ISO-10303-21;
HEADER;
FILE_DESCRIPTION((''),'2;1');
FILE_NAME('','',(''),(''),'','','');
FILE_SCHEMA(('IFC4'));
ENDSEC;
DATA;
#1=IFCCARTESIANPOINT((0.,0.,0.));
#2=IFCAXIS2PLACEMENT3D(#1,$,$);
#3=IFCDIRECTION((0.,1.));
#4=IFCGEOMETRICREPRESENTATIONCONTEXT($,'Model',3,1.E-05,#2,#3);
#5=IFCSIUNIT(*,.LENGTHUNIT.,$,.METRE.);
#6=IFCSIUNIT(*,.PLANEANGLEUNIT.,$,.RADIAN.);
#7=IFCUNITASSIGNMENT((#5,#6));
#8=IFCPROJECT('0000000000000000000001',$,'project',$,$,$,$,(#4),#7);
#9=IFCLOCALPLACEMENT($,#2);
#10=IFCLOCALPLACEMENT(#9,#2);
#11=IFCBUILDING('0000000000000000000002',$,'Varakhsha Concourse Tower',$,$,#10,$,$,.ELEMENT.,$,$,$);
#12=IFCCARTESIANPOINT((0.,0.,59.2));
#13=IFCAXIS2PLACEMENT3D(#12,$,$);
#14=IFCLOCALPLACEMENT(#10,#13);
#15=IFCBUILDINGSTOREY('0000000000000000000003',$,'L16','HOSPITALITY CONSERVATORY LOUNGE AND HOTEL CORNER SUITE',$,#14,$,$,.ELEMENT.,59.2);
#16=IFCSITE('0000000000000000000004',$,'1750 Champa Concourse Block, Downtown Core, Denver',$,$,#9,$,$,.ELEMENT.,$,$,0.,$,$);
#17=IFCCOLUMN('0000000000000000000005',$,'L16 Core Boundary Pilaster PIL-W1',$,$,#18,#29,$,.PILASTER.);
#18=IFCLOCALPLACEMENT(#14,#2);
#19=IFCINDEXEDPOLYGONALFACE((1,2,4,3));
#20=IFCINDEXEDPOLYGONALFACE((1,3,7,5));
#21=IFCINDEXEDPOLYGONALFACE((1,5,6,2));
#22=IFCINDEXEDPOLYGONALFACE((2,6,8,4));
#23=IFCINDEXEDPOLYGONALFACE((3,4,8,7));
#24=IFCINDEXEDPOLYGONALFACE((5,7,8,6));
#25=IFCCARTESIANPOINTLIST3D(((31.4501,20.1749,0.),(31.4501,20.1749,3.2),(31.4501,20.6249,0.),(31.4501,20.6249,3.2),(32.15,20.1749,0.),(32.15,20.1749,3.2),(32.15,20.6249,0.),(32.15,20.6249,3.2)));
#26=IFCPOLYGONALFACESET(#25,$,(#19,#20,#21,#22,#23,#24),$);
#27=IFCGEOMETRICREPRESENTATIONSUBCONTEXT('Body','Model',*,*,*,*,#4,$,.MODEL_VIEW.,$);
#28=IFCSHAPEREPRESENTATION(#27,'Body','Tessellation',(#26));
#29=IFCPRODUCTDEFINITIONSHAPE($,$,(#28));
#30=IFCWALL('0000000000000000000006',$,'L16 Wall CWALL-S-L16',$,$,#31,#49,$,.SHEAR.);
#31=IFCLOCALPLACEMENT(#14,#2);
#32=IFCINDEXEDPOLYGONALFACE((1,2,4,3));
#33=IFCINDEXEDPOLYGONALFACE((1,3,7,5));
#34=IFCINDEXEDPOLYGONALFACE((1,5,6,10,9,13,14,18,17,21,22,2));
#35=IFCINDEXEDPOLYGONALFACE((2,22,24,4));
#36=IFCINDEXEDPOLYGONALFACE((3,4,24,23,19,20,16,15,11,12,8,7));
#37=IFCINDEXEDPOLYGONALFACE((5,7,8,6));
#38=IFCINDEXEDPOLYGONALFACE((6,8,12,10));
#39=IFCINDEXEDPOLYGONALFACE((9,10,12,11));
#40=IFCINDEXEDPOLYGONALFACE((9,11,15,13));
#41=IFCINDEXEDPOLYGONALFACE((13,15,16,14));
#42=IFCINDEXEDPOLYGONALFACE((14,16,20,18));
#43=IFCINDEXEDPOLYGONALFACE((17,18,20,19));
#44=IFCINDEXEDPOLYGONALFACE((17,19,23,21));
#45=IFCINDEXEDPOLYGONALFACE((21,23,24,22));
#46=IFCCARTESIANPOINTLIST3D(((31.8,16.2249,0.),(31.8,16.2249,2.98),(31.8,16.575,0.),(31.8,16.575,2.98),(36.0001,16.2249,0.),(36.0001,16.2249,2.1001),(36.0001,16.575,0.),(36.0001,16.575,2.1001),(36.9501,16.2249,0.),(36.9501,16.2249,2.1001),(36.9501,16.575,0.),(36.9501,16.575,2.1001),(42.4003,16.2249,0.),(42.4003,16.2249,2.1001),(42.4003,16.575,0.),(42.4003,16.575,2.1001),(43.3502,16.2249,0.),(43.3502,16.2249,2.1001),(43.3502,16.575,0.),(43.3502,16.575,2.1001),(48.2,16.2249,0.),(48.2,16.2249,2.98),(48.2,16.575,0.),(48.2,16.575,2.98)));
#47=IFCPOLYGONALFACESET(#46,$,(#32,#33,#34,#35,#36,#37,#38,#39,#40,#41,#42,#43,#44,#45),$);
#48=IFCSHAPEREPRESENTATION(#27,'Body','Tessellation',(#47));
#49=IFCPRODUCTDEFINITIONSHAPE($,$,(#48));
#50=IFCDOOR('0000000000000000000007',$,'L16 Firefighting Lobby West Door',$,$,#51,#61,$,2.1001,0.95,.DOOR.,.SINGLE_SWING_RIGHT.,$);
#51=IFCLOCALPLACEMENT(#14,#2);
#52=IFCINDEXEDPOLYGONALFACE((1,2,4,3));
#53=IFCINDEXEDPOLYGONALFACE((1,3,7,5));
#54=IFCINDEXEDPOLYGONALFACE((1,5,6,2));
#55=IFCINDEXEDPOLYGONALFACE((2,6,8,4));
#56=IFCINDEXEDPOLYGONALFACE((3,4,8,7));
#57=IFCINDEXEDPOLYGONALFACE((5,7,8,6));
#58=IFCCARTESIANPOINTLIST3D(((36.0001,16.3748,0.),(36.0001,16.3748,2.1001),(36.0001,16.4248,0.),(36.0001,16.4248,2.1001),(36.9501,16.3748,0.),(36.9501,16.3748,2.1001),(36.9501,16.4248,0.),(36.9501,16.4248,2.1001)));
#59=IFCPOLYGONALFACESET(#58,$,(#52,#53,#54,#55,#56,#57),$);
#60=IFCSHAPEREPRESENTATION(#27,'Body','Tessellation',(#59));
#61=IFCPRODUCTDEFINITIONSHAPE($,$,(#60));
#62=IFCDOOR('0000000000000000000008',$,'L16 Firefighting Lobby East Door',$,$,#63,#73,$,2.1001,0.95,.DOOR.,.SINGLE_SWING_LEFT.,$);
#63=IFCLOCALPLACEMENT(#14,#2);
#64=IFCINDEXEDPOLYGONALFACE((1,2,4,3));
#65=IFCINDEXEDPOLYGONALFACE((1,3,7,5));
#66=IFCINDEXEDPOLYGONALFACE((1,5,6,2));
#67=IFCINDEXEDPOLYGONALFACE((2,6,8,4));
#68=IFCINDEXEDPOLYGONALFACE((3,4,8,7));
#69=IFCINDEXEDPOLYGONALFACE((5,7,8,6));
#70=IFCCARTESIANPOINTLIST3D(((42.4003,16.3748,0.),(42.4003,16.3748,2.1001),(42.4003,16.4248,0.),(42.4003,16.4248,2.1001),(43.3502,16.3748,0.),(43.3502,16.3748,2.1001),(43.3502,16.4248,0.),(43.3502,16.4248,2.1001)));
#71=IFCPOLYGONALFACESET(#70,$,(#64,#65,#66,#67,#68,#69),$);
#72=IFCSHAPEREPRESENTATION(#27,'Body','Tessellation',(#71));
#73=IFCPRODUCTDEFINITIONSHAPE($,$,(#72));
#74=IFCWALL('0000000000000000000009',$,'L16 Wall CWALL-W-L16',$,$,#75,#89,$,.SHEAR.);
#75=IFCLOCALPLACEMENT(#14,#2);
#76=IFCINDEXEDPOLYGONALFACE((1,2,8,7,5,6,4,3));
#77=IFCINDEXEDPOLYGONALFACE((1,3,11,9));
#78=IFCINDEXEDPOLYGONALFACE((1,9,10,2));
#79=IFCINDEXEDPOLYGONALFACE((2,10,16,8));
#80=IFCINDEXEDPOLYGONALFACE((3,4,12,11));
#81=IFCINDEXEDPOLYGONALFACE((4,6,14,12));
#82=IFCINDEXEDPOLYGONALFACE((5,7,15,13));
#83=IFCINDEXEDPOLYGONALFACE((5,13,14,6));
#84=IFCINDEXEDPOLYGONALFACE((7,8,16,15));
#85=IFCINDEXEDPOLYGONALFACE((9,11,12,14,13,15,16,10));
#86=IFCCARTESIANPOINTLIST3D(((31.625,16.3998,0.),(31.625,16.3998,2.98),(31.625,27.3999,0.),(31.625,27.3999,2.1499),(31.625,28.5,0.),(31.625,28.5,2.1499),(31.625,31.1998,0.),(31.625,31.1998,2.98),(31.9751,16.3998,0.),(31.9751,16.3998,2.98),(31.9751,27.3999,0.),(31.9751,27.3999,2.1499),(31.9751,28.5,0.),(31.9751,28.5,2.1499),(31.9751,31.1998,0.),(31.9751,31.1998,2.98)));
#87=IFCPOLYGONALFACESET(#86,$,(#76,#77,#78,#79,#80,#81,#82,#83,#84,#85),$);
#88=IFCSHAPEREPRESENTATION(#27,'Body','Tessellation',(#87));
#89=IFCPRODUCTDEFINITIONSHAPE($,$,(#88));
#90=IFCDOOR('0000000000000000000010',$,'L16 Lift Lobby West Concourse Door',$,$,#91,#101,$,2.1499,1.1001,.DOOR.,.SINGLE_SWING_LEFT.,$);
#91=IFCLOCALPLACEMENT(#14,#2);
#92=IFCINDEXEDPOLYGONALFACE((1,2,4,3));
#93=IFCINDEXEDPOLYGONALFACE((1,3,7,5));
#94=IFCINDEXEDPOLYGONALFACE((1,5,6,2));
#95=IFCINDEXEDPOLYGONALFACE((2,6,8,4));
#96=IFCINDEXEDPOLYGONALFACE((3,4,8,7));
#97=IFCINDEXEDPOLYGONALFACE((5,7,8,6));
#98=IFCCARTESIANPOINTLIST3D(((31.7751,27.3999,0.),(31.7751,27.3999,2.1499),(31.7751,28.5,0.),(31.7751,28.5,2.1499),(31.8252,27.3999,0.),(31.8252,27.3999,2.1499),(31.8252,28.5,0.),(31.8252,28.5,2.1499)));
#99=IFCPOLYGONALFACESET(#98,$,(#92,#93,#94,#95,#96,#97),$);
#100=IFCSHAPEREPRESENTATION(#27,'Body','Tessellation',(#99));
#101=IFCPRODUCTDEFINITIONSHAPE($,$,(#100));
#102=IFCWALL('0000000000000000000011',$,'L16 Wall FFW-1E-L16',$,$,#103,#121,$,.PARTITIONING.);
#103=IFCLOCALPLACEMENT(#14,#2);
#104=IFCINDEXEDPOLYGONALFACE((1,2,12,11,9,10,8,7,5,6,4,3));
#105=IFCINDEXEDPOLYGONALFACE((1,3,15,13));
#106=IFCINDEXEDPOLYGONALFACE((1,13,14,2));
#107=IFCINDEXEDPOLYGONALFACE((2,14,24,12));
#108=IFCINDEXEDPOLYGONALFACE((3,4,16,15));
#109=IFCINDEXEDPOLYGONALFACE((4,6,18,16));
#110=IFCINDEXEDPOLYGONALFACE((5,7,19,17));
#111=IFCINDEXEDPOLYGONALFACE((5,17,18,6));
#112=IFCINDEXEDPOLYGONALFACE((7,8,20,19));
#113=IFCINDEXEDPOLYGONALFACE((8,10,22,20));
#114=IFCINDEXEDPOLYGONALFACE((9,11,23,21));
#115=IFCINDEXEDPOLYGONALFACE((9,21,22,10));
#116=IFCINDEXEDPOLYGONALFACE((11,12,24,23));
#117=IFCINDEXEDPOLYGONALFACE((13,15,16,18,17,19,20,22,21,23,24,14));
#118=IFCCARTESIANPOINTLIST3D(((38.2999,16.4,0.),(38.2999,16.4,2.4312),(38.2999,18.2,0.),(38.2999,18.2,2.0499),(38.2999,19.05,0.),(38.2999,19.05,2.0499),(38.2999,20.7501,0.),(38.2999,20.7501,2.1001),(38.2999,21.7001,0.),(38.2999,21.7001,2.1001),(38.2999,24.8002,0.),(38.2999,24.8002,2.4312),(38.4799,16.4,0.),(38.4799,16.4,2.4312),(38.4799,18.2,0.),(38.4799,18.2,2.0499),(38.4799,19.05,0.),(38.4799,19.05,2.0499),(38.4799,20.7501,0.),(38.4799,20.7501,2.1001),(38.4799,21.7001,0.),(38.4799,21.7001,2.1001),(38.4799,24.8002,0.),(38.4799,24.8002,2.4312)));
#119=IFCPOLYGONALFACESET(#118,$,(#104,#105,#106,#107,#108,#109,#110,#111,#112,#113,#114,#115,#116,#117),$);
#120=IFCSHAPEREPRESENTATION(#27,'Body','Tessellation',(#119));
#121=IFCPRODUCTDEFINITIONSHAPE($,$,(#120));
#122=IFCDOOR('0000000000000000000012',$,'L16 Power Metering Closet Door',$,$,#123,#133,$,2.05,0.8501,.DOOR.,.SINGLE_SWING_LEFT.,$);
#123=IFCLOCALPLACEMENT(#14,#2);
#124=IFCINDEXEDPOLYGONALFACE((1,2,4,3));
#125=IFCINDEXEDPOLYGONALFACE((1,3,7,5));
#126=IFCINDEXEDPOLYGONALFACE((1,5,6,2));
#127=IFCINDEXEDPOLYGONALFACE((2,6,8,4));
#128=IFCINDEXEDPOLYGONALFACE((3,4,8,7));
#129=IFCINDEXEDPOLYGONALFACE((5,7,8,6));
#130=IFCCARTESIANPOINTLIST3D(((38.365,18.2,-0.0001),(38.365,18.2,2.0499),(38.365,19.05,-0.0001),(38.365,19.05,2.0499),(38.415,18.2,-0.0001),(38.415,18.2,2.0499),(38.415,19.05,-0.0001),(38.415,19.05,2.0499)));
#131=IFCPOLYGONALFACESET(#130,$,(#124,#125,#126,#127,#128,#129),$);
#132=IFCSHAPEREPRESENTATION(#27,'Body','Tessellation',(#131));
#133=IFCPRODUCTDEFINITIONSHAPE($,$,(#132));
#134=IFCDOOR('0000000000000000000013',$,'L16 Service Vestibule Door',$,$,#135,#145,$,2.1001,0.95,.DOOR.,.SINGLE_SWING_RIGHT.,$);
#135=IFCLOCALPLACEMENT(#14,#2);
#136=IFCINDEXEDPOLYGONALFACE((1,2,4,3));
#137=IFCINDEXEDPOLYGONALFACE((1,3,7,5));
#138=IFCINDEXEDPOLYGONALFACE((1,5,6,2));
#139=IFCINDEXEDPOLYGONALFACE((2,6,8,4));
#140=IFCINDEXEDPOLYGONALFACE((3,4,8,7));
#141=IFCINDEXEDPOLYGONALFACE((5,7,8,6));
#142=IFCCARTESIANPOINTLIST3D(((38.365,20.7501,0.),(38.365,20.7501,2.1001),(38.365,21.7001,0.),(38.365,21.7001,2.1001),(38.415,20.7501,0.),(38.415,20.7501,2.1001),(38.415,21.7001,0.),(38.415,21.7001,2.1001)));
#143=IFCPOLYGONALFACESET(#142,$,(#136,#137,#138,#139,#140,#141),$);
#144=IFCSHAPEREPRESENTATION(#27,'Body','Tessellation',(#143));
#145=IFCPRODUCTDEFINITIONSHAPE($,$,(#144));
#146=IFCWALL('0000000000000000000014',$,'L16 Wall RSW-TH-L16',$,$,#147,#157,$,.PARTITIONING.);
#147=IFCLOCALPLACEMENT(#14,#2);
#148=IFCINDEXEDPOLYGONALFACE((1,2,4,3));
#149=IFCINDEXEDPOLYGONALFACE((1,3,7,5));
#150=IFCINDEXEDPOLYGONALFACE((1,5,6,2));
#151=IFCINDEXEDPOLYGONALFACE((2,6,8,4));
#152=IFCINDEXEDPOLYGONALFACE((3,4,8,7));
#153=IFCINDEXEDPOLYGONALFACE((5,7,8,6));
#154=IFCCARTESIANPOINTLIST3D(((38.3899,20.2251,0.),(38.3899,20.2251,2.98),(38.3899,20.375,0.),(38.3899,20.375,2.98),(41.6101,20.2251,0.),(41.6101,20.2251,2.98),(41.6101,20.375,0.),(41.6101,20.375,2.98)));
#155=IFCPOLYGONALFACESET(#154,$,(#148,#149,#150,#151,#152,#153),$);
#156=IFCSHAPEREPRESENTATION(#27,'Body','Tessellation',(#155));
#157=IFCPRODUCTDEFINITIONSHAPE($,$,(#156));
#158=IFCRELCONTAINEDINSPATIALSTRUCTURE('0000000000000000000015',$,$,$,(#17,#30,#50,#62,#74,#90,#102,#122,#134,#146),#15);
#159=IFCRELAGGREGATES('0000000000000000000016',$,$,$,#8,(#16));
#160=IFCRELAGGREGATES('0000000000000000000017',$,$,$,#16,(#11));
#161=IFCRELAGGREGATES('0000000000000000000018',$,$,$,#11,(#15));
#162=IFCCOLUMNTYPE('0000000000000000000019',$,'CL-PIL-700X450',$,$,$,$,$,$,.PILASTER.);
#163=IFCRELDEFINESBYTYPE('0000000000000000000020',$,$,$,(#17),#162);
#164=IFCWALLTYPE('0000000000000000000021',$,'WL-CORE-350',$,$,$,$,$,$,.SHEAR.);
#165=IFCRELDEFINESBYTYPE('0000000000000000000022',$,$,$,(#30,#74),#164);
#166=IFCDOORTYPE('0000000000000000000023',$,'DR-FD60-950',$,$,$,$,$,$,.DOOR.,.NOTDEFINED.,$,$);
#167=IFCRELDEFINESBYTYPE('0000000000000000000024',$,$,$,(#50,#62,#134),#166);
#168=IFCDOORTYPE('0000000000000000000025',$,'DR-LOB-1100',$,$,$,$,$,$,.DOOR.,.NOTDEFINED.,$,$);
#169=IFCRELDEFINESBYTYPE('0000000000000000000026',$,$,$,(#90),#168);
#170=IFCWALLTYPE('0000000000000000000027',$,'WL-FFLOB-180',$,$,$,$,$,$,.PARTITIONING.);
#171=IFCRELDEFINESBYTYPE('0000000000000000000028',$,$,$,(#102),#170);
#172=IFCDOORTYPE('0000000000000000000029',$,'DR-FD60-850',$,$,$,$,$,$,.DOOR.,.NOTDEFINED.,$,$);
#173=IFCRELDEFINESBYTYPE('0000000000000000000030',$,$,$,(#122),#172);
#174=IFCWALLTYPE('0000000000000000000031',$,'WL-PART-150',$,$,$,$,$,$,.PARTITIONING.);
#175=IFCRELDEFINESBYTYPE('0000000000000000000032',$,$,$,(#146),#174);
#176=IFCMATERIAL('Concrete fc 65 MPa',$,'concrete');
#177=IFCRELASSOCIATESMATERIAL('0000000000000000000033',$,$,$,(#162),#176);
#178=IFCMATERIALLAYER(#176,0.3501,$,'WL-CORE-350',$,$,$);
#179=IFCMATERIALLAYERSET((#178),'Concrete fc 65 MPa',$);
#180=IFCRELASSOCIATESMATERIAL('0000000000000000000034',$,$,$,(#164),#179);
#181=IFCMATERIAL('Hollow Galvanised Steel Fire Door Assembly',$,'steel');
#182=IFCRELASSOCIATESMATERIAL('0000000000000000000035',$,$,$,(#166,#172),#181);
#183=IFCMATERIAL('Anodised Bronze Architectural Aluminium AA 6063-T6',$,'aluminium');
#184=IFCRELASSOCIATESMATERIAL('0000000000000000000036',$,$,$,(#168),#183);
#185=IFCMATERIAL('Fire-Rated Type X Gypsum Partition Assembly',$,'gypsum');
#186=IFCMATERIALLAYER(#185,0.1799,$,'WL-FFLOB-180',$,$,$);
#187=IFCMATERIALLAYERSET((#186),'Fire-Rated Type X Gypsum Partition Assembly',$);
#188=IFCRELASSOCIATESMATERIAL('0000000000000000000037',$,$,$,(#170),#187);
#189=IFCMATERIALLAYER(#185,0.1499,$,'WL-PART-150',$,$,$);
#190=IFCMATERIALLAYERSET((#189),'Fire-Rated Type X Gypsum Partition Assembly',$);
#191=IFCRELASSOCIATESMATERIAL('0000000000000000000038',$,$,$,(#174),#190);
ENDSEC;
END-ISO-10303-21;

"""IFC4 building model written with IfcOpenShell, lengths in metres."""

from ifc_helpers import new_model, si_unit, direction, frame, frame_2d, origin, origin_2d, place, context, subcontext, project, spatial, rectangle, extrude, material, layer, layer_set, material_profile, profile_set, type_object, element, fill, save


model = new_model("IFC4")

# Units and contexts
model_context = context("Model", 3, precision=1e-05, world=origin(), true_north=direction((0.0, 1.0)))
body_context = subcontext(model_context, "Body", "Model", "MODEL_VIEW")
ifc_project = project(units=[si_unit("LENGTHUNIT", "METRE"), si_unit("PLANEANGLEUNIT", "RADIAN")], contexts=[model_context])

# Site, building, storey
site_placement = place(None, origin())
site = spatial("IfcSite", under=ifc_project, at=site_placement, Name="1750 Champa Concourse Block, Downtown Core, Denver", CompositionType="ELEMENT", RefElevation=0.0)
building_placement = place(site_placement, origin())
building = spatial("IfcBuilding", under=site, at=building_placement, Name="Varakhsha Concourse Tower", CompositionType="ELEMENT")
storey_placement = place(building_placement, frame((0.0, 0.0, 59.2)))
storey = spatial("IfcBuildingStorey", under=building, at=storey_placement, Name="L16", Description="HOSPITALITY CONSERVATORY LOUNGE AND HOTEL CORNER SUITE", CompositionType="ELEMENT", Elevation=59.2)

# Column
ifc_material_1 = material(Name="Concrete fc 65 MPa", Category="concrete")
ifc_material_profile = material_profile(ifc_material_1, rectangle(XDim=0.7, YDim=0.45, at=origin_2d()), Name="RC 700x450")
ifc_profile_set = profile_set([ifc_material_profile], Name="Concrete fc 65 MPa")
column_type = type_object("IfcColumnType", Name="CL-PIL-700X450", PredefinedType="PILASTER", material=ifc_profile_set)
column_placement = place(storey_placement, frame((31.8, 20.3999, 0.0), z_axis=(0.0, 0.0, 1.0), x_axis=(1.0, 0.0, 0.0)))
element("IfcColumn", 1, at=column_placement, inside=storey, type_object=column_type, Name="L16 Core Boundary Pilaster PIL-W1", PredefinedType="PILASTER", context=body_context, shape_type="SweptSolid", body=[
    extrude(rectangle(XDim=0.7, YDim=0.45, at=origin_2d()), origin(), (0.0, 0.0, 1.0), 3.2),
])

# Wall, openings, doors
ifc_layer_1 = layer(ifc_material_1, 0.3501, Name="WL-CORE-350")
ifc_layer_set_1 = layer_set([ifc_layer_1], Name="Concrete fc 65 MPa")
wall_type_1 = type_object("IfcWallType", Name="WL-CORE-350", PredefinedType="SHEAR", material=ifc_layer_set_1)
wall_1_placement = place(storey_placement, frame((31.8, 16.3999, 0.0), z_axis=(0.0, 0.0, 1.0), x_axis=(1.0, 0.0, 0.0)))
wall_1 = element("IfcWall", 2, at=wall_1_placement, inside=storey, type_object=wall_type_1, Name="L16 Wall CWALL-S-L16", PredefinedType="SHEAR", context=body_context, shape_type="SweptSolid", body=[
    extrude(rectangle(XDim=16.3999, YDim=0.3501, at=frame_2d((8.2, 0.0))), origin(), (0.0, 0.0, 1.0), 2.98),
])
opening_1_placement = place(wall_1_placement, frame((4.2, 0.0, 0.0)))
opening_1 = element("IfcOpeningElement", 3, at=opening_1_placement, cuts=wall_1, PredefinedType="OPENING", context=body_context, shape_type="SweptSolid", body=[
    extrude(rectangle(XDim=0.95, YDim=2.1001, at=frame_2d((0.4751, 1.05))), frame((0.0, 0.1851, 0.0), z_axis=(0.0, -1.0, 0.0), x_axis=(1.0, 0.0, 0.0)), (0.0, 0.0, 1.0), 0.3701),
])
opening_2_placement = place(wall_1_placement, frame((10.6001, 0.0, 0.0)))
opening_2 = element("IfcOpeningElement", 4, at=opening_2_placement, cuts=wall_1, PredefinedType="OPENING", context=body_context, shape_type="SweptSolid", body=[
    extrude(rectangle(XDim=0.95, YDim=2.1001, at=frame_2d((0.4751, 1.05))), frame((0.0, 0.1851, 0.0), z_axis=(0.0, -1.0, 0.0), x_axis=(1.0, 0.0, 0.0)), (0.0, 0.0, 1.0), 0.3701),
])
ifc_material_2 = material(Name="Hollow Galvanised Steel Fire Door Assembly", Category="steel")
door_type_1 = type_object("IfcDoorType", Name="DR-FD60-950", OperationType="NOTDEFINED", PredefinedType="DOOR", material=ifc_material_2)
door_1_placement = place(opening_1_placement, origin())
door_1 = element("IfcDoor", 5, at=door_1_placement, inside=storey, type_object=door_type_1, Name="L16 Firefighting Lobby West Door", OperationType="SINGLE_SWING_RIGHT", OverallHeight=2.1001, OverallWidth=0.95, PredefinedType="DOOR", context=body_context, shape_type="SweptSolid", body=[
    extrude(rectangle(XDim=0.95, YDim=2.1001, at=frame_2d((0.4751, 1.05))), frame((0.0, 0.0249, 0.0), z_axis=(0.0, -1.0, 0.0), x_axis=(1.0, 0.0, 0.0)), (0.0, 0.0, 1.0), 0.05),
])
fill(opening_1, door_1)
door_2_placement = place(opening_2_placement, origin())
door_2 = element("IfcDoor", 6, at=door_2_placement, inside=storey, type_object=door_type_1, Name="L16 Firefighting Lobby East Door", OperationType="SINGLE_SWING_LEFT", OverallHeight=2.1001, OverallWidth=0.95, PredefinedType="DOOR", context=body_context, shape_type="SweptSolid", body=[
    extrude(rectangle(XDim=0.95, YDim=2.1001, at=frame_2d((0.4751, 1.05))), frame((0.0, 0.0249, 0.0), z_axis=(0.0, -1.0, 0.0), x_axis=(1.0, 0.0, 0.0)), (0.0, 0.0, 1.0), 0.05),
])
fill(opening_2, door_2)

# Wall, opening, door
wall_2_placement = place(storey_placement, frame((31.8, 16.3999, 0.0), z_axis=(0.0, 0.0, 1.0), x_axis=(0.0, 1.0, 0.0)))
wall_2 = element("IfcWall", 7, at=wall_2_placement, inside=storey, type_object=wall_type_1, Name="L16 Wall CWALL-W-L16", PredefinedType="SHEAR", context=body_context, shape_type="SweptSolid", body=[
    extrude(rectangle(XDim=14.8, YDim=0.3501, at=frame_2d((7.3999, 0.0))), origin(), (0.0, 0.0, 1.0), 2.98),
])
opening_3_placement = place(wall_2_placement, frame((11.0, 0.0, 0.0)))
opening_3 = element("IfcOpeningElement", 8, at=opening_3_placement, cuts=wall_2, PredefinedType="OPENING", context=body_context, shape_type="SweptSolid", body=[
    extrude(rectangle(XDim=1.1001, YDim=2.1499, at=frame_2d((0.55, 1.075))), frame((0.0, 0.1851, 0.0), z_axis=(0.0, -1.0, 0.0), x_axis=(1.0, 0.0, 0.0)), (0.0, 0.0, 1.0), 0.3701),
])
ifc_material_3 = material(Name="Anodised Bronze Architectural Aluminium AA 6063-T6", Category="aluminium")
door_type_2 = type_object("IfcDoorType", Name="DR-LOB-1100", OperationType="NOTDEFINED", PredefinedType="DOOR", material=ifc_material_3)
door_3_placement = place(opening_3_placement, origin())
door_3 = element("IfcDoor", 9, at=door_3_placement, inside=storey, type_object=door_type_2, Name="L16 Lift Lobby West Concourse Door", OperationType="SINGLE_SWING_LEFT", OverallHeight=2.1499, OverallWidth=1.1001, PredefinedType="DOOR", context=body_context, shape_type="SweptSolid", body=[
    extrude(rectangle(XDim=1.1001, YDim=2.1499, at=frame_2d((0.55, 1.075))), frame((0.0, 0.0249, 0.0), z_axis=(0.0, -1.0, 0.0), x_axis=(1.0, 0.0, 0.0)), (0.0, 0.0, 1.0), 0.05),
])
fill(opening_3, door_3)

# Wall, openings, doors
ifc_material_4 = material(Name="Fire-Rated Type X Gypsum Partition Assembly", Category="gypsum")
ifc_layer_2 = layer(ifc_material_4, 0.1799, Name="WL-FFLOB-180")
ifc_layer_set_2 = layer_set([ifc_layer_2], Name="Fire-Rated Type X Gypsum Partition Assembly")
wall_type_2 = type_object("IfcWallType", Name="WL-FFLOB-180", PredefinedType="PARTITIONING", material=ifc_layer_set_2)
wall_3_placement = place(storey_placement, frame((38.3899, 16.3999, 0.0), z_axis=(0.0, 0.0, 1.0), x_axis=(0.0, 1.0, 0.0)))
wall_3 = element("IfcWall", 10, at=wall_3_placement, inside=storey, type_object=wall_type_2, Name="L16 Wall FFW-1E-L16", PredefinedType="PARTITIONING", context=body_context, shape_type="SweptSolid", body=[
    extrude(rectangle(XDim=8.4001, YDim=0.1799, at=frame_2d((4.2002, 0.0))), origin(), (0.0, 0.0, 1.0), 2.4312),
])
opening_4_placement = place(wall_3_placement, frame((1.8, 0.0, 0.0)))
opening_4 = element("IfcOpeningElement", 11, at=opening_4_placement, cuts=wall_3, PredefinedType="OPENING", context=body_context, shape_type="SweptSolid", body=[
    extrude(rectangle(XDim=0.8501, YDim=2.05, at=frame_2d((0.425, 1.0249))), frame((0.0, 0.0999, 0.0), z_axis=(0.0, -1.0, 0.0), x_axis=(1.0, 0.0, 0.0)), (0.0, 0.0, 1.0), 0.2),
])
opening_5_placement = place(wall_3_placement, frame((4.3501, 0.0, 0.0)))
opening_5 = element("IfcOpeningElement", 12, at=opening_5_placement, cuts=wall_3, PredefinedType="OPENING", context=body_context, shape_type="SweptSolid", body=[
    extrude(rectangle(XDim=0.95, YDim=2.1001, at=frame_2d((0.4751, 1.05))), frame((0.0, 0.0999, 0.0), z_axis=(0.0, -1.0, 0.0), x_axis=(1.0, 0.0, 0.0)), (0.0, 0.0, 1.0), 0.2),
])
door_type_3 = type_object("IfcDoorType", Name="DR-FD60-850", OperationType="NOTDEFINED", PredefinedType="DOOR", material=ifc_material_2)
door_4_placement = place(opening_4_placement, origin())
door_4 = element("IfcDoor", 13, at=door_4_placement, inside=storey, type_object=door_type_3, Name="L16 Power Metering Closet Door", OperationType="SINGLE_SWING_LEFT", OverallHeight=2.05, OverallWidth=0.8501, PredefinedType="DOOR", context=body_context, shape_type="SweptSolid", body=[
    extrude(rectangle(XDim=0.8501, YDim=2.05, at=frame_2d((0.425, 1.0249))), frame((0.0, 0.0249, 0.0), z_axis=(0.0, -1.0, 0.0), x_axis=(1.0, 0.0, 0.0)), (0.0, 0.0, 1.0), 0.05),
])
fill(opening_4, door_4)
door_5_placement = place(opening_5_placement, origin())
door_5 = element("IfcDoor", 14, at=door_5_placement, inside=storey, type_object=door_type_1, Name="L16 Service Vestibule Door", OperationType="SINGLE_SWING_RIGHT", OverallHeight=2.1001, OverallWidth=0.95, PredefinedType="DOOR", context=body_context, shape_type="SweptSolid", body=[
    extrude(rectangle(XDim=0.95, YDim=2.1001, at=frame_2d((0.4751, 1.05))), frame((0.0, 0.0249, 0.0), z_axis=(0.0, -1.0, 0.0), x_axis=(1.0, 0.0, 0.0)), (0.0, 0.0, 1.0), 0.05),
])
fill(opening_5, door_5)

# Wall
ifc_layer_3 = layer(ifc_material_4, 0.1499, Name="WL-PART-150")
ifc_layer_set_3 = layer_set([ifc_layer_3], Name="Fire-Rated Type X Gypsum Partition Assembly")
wall_type_3 = type_object("IfcWallType", Name="WL-PART-150", PredefinedType="PARTITIONING", material=ifc_layer_set_3)
wall_4_placement = place(storey_placement, frame((38.3899, 20.3, 0.0), z_axis=(0.0, 0.0, 1.0), x_axis=(1.0, 0.0, 0.0)))
element("IfcWall", 15, at=wall_4_placement, inside=storey, type_object=wall_type_3, Name="L16 Wall RSW-TH-L16", PredefinedType="PARTITIONING", context=body_context, shape_type="SweptSolid", body=[
    extrude(rectangle(XDim=3.2202, YDim=0.1499, at=frame_2d((1.6101, 0.0))), origin(), (0.0, 0.0, 1.0), 2.98),
])

save(model, "model.ifc")
